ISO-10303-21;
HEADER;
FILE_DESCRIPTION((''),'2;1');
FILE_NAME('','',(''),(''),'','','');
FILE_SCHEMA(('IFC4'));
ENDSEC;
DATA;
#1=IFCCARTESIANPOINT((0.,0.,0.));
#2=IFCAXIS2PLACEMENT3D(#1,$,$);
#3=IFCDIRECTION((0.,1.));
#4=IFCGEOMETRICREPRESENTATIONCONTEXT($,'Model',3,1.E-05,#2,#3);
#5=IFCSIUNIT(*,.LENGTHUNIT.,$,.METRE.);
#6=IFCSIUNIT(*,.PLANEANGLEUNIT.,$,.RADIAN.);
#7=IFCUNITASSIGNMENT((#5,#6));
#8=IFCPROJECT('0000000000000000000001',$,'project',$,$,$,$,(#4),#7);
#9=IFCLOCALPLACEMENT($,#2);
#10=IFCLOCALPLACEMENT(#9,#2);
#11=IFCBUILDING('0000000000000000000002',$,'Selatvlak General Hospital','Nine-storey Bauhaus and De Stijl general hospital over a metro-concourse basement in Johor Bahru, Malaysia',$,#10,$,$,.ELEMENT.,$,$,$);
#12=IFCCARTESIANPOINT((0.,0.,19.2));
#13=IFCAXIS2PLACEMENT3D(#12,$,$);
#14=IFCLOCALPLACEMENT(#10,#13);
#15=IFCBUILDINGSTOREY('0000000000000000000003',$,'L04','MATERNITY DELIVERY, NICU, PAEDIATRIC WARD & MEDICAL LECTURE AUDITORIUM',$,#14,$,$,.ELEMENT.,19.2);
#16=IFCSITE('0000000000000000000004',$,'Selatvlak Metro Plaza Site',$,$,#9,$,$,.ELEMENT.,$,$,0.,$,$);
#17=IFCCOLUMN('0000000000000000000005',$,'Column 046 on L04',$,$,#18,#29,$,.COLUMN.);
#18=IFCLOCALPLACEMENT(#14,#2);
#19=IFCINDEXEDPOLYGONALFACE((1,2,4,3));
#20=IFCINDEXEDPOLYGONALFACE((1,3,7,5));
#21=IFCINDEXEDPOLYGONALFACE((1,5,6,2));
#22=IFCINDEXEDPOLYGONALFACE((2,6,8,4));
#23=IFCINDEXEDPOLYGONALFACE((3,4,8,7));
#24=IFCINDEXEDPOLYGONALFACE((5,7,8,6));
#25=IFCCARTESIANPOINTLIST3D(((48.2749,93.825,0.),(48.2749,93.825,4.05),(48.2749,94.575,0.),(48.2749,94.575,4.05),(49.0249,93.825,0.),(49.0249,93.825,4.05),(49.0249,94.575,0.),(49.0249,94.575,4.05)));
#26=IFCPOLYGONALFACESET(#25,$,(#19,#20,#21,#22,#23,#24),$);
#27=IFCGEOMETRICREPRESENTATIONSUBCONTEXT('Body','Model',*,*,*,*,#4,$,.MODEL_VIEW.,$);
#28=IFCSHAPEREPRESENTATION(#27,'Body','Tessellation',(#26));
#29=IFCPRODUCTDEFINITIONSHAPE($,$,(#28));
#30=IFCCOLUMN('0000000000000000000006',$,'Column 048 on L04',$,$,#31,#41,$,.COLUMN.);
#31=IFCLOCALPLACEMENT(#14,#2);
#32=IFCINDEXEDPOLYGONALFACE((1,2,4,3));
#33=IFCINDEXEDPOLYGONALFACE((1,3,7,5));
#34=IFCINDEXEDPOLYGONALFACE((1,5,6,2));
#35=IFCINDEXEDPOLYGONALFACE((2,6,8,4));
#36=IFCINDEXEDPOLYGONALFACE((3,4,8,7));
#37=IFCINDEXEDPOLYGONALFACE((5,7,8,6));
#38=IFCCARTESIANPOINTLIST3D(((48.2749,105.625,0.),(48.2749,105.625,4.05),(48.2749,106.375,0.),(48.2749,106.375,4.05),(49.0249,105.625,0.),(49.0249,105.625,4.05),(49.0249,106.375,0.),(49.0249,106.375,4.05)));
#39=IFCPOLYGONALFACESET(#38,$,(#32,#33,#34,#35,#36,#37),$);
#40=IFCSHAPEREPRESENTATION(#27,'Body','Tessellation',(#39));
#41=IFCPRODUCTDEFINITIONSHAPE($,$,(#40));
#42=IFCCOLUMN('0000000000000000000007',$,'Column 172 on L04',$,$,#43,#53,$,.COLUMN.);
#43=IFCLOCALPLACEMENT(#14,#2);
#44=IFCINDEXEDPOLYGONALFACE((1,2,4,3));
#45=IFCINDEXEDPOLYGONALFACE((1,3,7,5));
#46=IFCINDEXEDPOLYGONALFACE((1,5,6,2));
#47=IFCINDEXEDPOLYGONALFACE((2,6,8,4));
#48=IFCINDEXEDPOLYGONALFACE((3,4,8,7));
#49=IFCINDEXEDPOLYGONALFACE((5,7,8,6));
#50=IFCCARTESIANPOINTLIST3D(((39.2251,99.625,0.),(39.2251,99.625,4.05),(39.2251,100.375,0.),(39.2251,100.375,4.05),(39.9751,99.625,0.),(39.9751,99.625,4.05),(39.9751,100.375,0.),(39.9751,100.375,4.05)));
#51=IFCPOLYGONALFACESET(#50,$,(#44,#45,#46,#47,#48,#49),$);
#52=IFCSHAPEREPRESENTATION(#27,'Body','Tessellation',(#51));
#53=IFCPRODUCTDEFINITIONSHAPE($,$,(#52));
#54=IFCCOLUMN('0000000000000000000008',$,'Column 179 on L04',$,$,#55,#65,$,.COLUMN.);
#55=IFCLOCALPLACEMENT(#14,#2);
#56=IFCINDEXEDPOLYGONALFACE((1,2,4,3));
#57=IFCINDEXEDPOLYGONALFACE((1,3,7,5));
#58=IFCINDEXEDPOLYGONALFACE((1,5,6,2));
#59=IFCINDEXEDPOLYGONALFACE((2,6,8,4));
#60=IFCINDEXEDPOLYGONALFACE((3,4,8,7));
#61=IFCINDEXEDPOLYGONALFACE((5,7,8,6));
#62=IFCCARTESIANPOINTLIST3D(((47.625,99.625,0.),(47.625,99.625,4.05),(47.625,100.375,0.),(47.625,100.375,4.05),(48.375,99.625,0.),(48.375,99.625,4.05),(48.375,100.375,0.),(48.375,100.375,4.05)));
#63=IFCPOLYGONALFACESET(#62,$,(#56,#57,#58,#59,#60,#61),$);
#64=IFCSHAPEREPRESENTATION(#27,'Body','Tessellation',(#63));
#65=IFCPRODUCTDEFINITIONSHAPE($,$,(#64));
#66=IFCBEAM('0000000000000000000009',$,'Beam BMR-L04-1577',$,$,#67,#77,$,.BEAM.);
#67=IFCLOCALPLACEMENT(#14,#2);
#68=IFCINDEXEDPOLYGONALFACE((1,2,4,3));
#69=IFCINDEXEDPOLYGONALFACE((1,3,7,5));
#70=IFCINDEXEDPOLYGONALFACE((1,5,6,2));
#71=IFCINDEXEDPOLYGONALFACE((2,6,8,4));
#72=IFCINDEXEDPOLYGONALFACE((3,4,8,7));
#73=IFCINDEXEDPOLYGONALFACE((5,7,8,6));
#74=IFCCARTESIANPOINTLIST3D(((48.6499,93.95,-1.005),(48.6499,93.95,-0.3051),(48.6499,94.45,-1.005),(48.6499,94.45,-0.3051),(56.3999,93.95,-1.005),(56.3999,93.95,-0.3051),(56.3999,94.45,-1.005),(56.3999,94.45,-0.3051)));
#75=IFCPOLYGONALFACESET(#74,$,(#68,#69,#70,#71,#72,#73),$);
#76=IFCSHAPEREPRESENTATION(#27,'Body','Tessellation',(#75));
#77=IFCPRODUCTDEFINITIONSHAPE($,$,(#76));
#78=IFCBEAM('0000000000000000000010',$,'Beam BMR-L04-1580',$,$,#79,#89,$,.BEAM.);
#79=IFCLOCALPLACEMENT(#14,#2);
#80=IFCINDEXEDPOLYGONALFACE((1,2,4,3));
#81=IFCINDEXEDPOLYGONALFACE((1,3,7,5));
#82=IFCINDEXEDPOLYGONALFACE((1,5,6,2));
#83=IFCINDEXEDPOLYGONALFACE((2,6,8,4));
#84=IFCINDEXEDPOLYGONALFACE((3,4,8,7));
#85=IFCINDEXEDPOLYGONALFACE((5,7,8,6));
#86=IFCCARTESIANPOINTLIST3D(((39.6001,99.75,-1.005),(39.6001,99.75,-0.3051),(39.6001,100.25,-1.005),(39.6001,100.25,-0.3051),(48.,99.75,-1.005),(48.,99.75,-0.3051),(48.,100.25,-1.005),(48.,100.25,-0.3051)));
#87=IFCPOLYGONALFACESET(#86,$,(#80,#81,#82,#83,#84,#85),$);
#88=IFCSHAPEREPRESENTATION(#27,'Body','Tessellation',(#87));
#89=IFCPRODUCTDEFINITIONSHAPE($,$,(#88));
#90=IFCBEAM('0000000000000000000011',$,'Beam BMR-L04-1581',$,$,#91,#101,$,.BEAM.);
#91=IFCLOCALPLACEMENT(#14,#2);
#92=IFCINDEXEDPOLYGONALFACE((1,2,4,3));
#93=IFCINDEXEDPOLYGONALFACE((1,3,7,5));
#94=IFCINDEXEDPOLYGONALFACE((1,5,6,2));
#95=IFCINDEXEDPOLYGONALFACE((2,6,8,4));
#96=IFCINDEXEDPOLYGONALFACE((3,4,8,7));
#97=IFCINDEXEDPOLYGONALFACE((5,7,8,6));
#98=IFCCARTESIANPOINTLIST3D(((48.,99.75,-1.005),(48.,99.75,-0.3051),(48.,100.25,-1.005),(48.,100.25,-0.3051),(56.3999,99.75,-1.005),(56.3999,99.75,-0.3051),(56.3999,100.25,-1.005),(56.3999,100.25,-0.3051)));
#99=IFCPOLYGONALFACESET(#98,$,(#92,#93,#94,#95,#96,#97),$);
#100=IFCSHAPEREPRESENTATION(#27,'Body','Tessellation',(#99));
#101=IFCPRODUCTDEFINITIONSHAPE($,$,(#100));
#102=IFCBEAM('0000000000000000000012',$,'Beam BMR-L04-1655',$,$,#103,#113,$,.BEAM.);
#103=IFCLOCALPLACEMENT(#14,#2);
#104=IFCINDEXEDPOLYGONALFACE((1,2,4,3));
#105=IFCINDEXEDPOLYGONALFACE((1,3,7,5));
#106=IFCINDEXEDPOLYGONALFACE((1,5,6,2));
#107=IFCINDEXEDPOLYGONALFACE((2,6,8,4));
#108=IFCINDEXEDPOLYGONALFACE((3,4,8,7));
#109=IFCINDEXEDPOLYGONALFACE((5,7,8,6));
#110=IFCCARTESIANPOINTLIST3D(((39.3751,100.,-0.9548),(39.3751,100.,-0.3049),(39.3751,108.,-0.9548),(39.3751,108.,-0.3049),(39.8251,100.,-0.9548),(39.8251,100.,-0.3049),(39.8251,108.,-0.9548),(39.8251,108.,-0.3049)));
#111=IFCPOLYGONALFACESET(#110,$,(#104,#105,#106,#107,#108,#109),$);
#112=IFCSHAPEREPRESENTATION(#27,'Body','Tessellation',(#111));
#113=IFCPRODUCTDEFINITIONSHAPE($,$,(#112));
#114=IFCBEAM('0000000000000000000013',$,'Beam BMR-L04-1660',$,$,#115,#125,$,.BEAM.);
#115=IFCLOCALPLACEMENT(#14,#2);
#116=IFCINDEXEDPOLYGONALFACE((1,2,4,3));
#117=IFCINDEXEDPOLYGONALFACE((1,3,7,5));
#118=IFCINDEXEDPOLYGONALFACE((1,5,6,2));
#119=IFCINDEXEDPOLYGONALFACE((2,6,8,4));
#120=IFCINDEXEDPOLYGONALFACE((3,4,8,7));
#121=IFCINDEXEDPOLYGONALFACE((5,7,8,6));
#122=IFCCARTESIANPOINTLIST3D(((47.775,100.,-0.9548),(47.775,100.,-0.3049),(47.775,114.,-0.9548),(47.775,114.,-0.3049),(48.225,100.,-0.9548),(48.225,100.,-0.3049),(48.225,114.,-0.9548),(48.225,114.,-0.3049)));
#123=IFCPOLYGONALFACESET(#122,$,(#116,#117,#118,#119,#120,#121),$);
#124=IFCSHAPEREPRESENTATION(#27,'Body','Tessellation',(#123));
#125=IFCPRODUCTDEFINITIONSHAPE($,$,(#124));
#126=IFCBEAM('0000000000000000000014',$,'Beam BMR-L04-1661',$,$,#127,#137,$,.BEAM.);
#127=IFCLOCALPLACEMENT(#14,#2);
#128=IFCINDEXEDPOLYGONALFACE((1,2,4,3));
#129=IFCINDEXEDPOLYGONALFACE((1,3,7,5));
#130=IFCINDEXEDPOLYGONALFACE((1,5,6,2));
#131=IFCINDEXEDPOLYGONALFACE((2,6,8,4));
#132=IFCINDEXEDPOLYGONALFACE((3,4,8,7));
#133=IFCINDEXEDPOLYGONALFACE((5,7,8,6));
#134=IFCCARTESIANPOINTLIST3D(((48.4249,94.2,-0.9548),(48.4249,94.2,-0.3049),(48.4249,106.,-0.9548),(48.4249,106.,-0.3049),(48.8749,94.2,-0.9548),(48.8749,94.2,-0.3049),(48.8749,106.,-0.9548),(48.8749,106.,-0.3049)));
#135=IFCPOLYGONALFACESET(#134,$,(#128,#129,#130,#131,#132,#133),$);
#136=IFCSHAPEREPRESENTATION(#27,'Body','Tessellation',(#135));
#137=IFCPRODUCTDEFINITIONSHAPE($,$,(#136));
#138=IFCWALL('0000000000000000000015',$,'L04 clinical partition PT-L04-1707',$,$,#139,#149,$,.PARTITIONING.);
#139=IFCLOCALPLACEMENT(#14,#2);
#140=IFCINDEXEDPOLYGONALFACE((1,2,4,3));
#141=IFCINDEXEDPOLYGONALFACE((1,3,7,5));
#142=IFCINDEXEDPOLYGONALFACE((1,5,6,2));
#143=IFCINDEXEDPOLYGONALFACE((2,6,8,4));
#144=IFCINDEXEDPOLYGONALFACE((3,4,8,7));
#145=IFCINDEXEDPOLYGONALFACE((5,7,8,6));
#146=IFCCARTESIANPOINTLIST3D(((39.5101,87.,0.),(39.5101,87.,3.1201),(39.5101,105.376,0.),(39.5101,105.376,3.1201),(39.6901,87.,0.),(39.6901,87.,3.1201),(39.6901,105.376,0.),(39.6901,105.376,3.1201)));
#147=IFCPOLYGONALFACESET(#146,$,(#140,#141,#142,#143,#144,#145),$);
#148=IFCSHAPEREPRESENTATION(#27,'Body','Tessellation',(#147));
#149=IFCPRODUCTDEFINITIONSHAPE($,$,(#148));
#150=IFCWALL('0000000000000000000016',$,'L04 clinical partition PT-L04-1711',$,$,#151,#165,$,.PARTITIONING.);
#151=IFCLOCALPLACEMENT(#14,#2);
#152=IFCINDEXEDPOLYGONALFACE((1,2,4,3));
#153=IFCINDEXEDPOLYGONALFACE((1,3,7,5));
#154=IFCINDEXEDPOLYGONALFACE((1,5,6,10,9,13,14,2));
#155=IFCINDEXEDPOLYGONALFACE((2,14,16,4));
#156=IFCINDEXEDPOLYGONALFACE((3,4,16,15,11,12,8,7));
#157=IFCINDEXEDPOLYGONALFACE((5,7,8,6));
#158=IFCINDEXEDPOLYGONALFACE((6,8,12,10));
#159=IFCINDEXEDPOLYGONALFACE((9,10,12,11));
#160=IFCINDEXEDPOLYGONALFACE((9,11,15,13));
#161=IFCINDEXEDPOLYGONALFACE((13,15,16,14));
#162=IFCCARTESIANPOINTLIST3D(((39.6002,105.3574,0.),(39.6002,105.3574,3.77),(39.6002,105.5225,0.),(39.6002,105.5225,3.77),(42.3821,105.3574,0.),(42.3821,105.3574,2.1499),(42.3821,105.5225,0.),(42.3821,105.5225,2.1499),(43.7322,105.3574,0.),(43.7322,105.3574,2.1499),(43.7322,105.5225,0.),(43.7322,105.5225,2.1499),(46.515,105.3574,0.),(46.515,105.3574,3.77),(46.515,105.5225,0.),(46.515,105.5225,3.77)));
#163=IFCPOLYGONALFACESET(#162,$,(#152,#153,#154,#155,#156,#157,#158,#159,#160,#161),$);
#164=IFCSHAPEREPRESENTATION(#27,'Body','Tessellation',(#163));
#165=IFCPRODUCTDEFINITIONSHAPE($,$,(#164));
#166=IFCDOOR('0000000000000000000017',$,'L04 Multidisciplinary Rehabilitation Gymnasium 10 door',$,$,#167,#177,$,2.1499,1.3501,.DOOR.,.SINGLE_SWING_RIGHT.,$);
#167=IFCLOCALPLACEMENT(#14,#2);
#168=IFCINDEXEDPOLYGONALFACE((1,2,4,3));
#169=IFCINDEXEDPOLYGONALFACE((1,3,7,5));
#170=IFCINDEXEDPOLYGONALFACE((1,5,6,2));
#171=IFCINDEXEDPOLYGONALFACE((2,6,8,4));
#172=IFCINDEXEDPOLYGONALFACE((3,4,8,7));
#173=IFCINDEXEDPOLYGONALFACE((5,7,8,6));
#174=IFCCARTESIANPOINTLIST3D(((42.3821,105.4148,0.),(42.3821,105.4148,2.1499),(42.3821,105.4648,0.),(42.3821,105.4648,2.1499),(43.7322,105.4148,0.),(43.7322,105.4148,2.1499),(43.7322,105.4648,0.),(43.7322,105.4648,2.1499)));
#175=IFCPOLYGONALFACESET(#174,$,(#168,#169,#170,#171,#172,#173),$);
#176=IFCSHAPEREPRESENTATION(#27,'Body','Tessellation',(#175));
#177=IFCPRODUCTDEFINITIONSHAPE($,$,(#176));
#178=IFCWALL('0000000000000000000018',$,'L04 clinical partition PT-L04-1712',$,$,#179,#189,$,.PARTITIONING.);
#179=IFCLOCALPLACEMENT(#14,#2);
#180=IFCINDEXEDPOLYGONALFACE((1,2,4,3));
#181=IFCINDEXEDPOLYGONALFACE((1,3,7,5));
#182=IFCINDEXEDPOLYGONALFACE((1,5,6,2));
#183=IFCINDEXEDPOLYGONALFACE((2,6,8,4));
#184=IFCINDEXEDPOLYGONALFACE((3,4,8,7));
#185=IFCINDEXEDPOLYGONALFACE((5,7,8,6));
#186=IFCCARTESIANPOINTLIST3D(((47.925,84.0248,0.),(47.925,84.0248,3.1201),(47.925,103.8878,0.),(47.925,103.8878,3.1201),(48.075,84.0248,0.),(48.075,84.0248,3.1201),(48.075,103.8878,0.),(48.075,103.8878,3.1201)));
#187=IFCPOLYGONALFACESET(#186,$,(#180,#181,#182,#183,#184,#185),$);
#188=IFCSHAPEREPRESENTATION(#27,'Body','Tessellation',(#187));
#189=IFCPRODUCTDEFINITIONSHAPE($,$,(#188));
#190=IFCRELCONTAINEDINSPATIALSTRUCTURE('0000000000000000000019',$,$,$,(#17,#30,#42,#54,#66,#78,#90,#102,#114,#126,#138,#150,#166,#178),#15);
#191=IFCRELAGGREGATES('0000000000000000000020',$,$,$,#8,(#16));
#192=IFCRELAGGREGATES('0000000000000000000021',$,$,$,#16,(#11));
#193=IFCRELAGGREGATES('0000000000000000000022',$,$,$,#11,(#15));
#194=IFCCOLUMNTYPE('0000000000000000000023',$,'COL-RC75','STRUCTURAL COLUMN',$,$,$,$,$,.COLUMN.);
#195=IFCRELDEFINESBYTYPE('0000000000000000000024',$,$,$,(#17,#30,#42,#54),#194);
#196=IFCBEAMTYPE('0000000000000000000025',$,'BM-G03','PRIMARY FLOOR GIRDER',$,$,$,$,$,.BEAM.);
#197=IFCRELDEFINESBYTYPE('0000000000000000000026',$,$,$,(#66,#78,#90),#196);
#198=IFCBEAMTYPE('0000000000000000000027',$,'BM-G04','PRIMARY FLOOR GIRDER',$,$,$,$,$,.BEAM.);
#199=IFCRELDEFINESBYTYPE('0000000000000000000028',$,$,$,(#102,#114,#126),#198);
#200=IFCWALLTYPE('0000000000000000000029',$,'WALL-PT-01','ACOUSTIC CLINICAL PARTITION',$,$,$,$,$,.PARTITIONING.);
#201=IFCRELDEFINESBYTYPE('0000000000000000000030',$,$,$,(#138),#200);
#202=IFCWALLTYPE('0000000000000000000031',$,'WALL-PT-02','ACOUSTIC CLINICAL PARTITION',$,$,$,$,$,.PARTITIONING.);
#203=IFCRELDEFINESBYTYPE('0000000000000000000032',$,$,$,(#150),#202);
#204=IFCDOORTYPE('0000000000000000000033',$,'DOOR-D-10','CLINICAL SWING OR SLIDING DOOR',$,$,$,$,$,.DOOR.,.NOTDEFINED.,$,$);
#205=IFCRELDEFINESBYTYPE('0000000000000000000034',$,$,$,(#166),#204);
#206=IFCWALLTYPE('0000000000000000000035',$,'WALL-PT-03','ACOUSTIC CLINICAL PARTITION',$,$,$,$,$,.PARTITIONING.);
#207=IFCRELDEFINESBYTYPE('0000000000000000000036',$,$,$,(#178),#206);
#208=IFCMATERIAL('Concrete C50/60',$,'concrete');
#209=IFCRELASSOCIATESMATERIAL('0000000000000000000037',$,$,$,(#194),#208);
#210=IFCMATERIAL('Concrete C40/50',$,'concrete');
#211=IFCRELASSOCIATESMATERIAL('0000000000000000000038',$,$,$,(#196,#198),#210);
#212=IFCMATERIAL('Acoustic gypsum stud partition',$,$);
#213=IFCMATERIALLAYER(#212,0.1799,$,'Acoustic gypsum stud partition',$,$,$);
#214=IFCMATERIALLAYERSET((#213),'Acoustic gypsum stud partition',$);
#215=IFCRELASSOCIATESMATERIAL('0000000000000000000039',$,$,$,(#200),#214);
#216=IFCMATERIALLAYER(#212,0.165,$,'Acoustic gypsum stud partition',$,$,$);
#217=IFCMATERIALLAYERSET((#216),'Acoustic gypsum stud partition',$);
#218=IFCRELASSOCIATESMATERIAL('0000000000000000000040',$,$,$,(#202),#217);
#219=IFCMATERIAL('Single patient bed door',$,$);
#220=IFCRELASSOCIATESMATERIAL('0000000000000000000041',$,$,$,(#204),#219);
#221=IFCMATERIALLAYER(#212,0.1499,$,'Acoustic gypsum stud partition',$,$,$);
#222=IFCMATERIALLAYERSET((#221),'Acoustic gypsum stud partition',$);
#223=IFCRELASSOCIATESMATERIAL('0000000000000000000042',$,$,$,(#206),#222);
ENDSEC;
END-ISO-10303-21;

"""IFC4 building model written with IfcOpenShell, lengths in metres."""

from ifc_helpers import new_model, si_unit, direction, frame, frame_2d, origin, origin_2d, place, context, subcontext, project, spatial, rectangle, extrude, material, layer, layer_set, material_profile, profile_set, type_object, element, fill, save


model = new_model("IFC4")

# Units and contexts
model_context = context("Model", 3, precision=1e-05, world=origin(), true_north=direction((0.0, 1.0)))
body_context = subcontext(model_context, "Body", "Model", "MODEL_VIEW")
ifc_project = project(units=[si_unit("LENGTHUNIT", "METRE"), si_unit("PLANEANGLEUNIT", "RADIAN")], contexts=[model_context])

# Site, building, storey
site_placement = place(None, origin())
site = spatial("IfcSite", under=ifc_project, at=site_placement, Name="Selatvlak Metro Plaza Site", CompositionType="ELEMENT", RefElevation=0.0)
building_placement = place(site_placement, origin())
building = spatial("IfcBuilding", under=site, at=building_placement, Name="Selatvlak General Hospital", Description="Nine-storey Bauhaus and De Stijl general hospital over a metro-concourse basement in Johor Bahru, Malaysia", CompositionType="ELEMENT")
storey_placement = place(building_placement, frame((0.0, 0.0, 19.2)))
storey = spatial("IfcBuildingStorey", under=building, at=storey_placement, Name="L04", Description="MATERNITY DELIVERY, NICU, PAEDIATRIC WARD & MEDICAL LECTURE AUDITORIUM", CompositionType="ELEMENT", Elevation=19.2)

# Columns
ifc_material_1 = material(Name="Concrete C50/60", Category="concrete")
ifc_material_profile_1 = material_profile(ifc_material_1, rectangle(XDim=0.75, YDim=0.75, at=origin_2d()), Name="RC-COL 750x750")
ifc_profile_set_1 = profile_set([ifc_material_profile_1], Name="Concrete C50/60")
column_type = type_object("IfcColumnType", Name="COL-RC75", Description="STRUCTURAL COLUMN", PredefinedType="COLUMN", material=ifc_profile_set_1)
for number, where, z_axis, x_axis, name in (
    (1, (48.6499, 94.2, 0.0), (0.0, 0.0, 1.0), (1.0, 0.0, 0.0), "Column 046 on L04"),
    (2, (48.6499, 106.0, 0.0), (0.0, 0.0, 1.0), (1.0, 0.0, 0.0), "Column 048 on L04"),
    (3, (39.6001, 100.0, 0.0), (0.0, 0.0, 1.0), (1.0, 0.0, 0.0), "Column 172 on L04"),
    (4, (48.0, 100.0, 0.0), (0.0, 0.0, 1.0), (1.0, 0.0, 0.0), "Column 179 on L04"),
):
    element("IfcColumn", number, at=place(storey_placement, frame(where, z_axis=z_axis, x_axis=x_axis)), inside=storey, type_object=column_type, Name=name, PredefinedType="COLUMN", context=body_context, shape_type="SweptSolid", body=[
        extrude(rectangle(XDim=0.75, YDim=0.75, at=origin_2d()), origin(), (0.0, 0.0, 1.0), 4.05),
    ])

# Beams
ifc_material_2 = material(Name="Concrete C40/50", Category="concrete")
ifc_material_profile_2 = material_profile(ifc_material_2, rectangle(XDim=0.5, YDim=0.7, at=origin_2d()), Name="RC-BM 500x700")
ifc_profile_set_2 = profile_set([ifc_material_profile_2], Name="Concrete C40/50")
beam_type_1 = type_object("IfcBeamType", Name="BM-G03", Description="PRIMARY FLOOR GIRDER", PredefinedType="BEAM", material=ifc_profile_set_2)
beam_1_placement = place(storey_placement, frame((48.6499, 94.2, -0.655), z_axis=(1.0, 0.0, 0.0), x_axis=(0.0, 1.0, 0.0)))
element("IfcBeam", 5, at=beam_1_placement, inside=storey, type_object=beam_type_1, Name="Beam BMR-L04-1577", PredefinedType="BEAM", context=body_context, shape_type="SweptSolid", body=[
    extrude(rectangle(XDim=0.5, YDim=0.7, at=origin_2d()), origin(), (0.0, 0.0, 1.0), 7.75),
])
for number, where, z_axis, x_axis, name in (
    (6, (39.6001, 100.0, -0.655), (1.0, 0.0, 0.0), (0.0, 1.0, 0.0), "Beam BMR-L04-1580"),
    (7, (48.0, 100.0, -0.655), (1.0, 0.0, 0.0), (0.0, 1.0, 0.0), "Beam BMR-L04-1581"),
):
    element("IfcBeam", number, at=place(storey_placement, frame(where, z_axis=z_axis, x_axis=x_axis)), inside=storey, type_object=beam_type_1, Name=name, PredefinedType="BEAM", context=body_context, shape_type="SweptSolid", body=[
        extrude(rectangle(XDim=0.5, YDim=0.7, at=origin_2d()), origin(), (0.0, 0.0, 1.0), 8.3999),
    ])
ifc_material_profile_3 = material_profile(ifc_material_2, rectangle(XDim=0.45, YDim=0.6499, at=origin_2d()), Name="RC-BM 450x650")
ifc_profile_set_3 = profile_set([ifc_material_profile_3], Name="Concrete C40/50")
beam_type_2 = type_object("IfcBeamType", Name="BM-G04", Description="PRIMARY FLOOR GIRDER", PredefinedType="BEAM", material=ifc_profile_set_3)
beam_2_placement = place(storey_placement, frame((39.6001, 100.0, -0.6299), z_axis=(0.0, 1.0, 0.0), x_axis=(-1.0, 0.0, 0.0)))
element("IfcBeam", 8, at=beam_2_placement, inside=storey, type_object=beam_type_2, Name="Beam BMR-L04-1655", PredefinedType="BEAM", context=body_context, shape_type="SweptSolid", body=[
    extrude(rectangle(XDim=0.45, YDim=0.6499, at=origin_2d()), origin(), (0.0, 0.0, 1.0), 8.0),
])
beam_3_placement = place(storey_placement, frame((48.0, 100.0, -0.6299), z_axis=(0.0, 1.0, 0.0), x_axis=(-1.0, 0.0, 0.0)))
element("IfcBeam", 9, at=beam_3_placement, inside=storey, type_object=beam_type_2, Name="Beam BMR-L04-1660", PredefinedType="BEAM", context=body_context, shape_type="SweptSolid", body=[
    extrude(rectangle(XDim=0.45, YDim=0.6499, at=origin_2d()), origin(), (0.0, 0.0, 1.0), 14.0),
])
beam_4_placement = place(storey_placement, frame((48.6499, 94.2, -0.6299), z_axis=(0.0, 1.0, 0.0), x_axis=(-1.0, 0.0, 0.0)))
element("IfcBeam", 10, at=beam_4_placement, inside=storey, type_object=beam_type_2, Name="Beam BMR-L04-1661", PredefinedType="BEAM", context=body_context, shape_type="SweptSolid", body=[
    extrude(rectangle(XDim=0.45, YDim=0.6499, at=origin_2d()), origin(), (0.0, 0.0, 1.0), 11.8),
])

# Wall
ifc_material_3 = material(Name="Acoustic gypsum stud partition")
ifc_layer_1 = layer(ifc_material_3, 0.1799, Name="Acoustic gypsum stud partition")
ifc_layer_set_1 = layer_set([ifc_layer_1], Name="Acoustic gypsum stud partition")
wall_type_1 = type_object("IfcWallType", Name="WALL-PT-01", Description="ACOUSTIC CLINICAL PARTITION", PredefinedType="PARTITIONING", material=ifc_layer_set_1)
wall_1_placement = place(storey_placement, frame((39.6001, 105.376, 0.0), z_axis=(0.0, 0.0, 1.0), x_axis=(0.0, -1.0, 0.0)))
element("IfcWall", 11, at=wall_1_placement, inside=storey, type_object=wall_type_1, Name="L04 clinical partition PT-L04-1707", PredefinedType="PARTITIONING", context=body_context, shape_type="SweptSolid", body=[
    extrude(rectangle(XDim=18.376, YDim=0.1799, at=frame_2d((9.188, 0.0))), origin(), (0.0, 0.0, 1.0), 3.1201),
])

# Wall, opening, door
ifc_layer_2 = layer(ifc_material_3, 0.165, Name="Acoustic gypsum stud partition")
ifc_layer_set_2 = layer_set([ifc_layer_2], Name="Acoustic gypsum stud partition")
wall_type_2 = type_object("IfcWallType", Name="WALL-PT-02", Description="ACOUSTIC CLINICAL PARTITION", PredefinedType="PARTITIONING", material=ifc_layer_set_2)
wall_2_placement = place(storey_placement, frame((39.6001, 105.4399, 0.0), z_axis=(0.0, 0.0, 1.0), x_axis=(1.0, 0.0, 0.0)))
wall_2 = element("IfcWall", 12, at=wall_2_placement, inside=storey, type_object=wall_type_2, Name="L04 clinical partition PT-L04-1711", PredefinedType="PARTITIONING", context=body_context, shape_type="SweptSolid", body=[
    extrude(rectangle(XDim=6.9148, YDim=0.165, at=frame_2d((3.4575, 0.0))), origin(), (0.0, 0.0, 1.0), 3.77),
])
opening_1_placement = place(wall_2_placement, frame((2.782, 0.0, 0.0)))
opening_1 = element("IfcOpeningElement", 13, at=opening_1_placement, cuts=wall_2, PredefinedType="OPENING", context=body_context, shape_type="SweptSolid", body=[
    extrude(rectangle(XDim=1.3501, YDim=2.1499, at=frame_2d((0.675, 1.075))), frame((0.0, 0.0925, 0.0), z_axis=(0.0, -1.0, 0.0), x_axis=(1.0, 0.0, 0.0)), (0.0, 0.0, 1.0), 0.1851),
])
ifc_material_4 = material(Name="Single patient bed door")
door_type_1 = type_object("IfcDoorType", Name="DOOR-D-10", Description="CLINICAL SWING OR SLIDING DOOR", OperationType="NOTDEFINED", PredefinedType="DOOR", material=ifc_material_4)
door_1_placement = place(opening_1_placement, origin())
door_1 = element("IfcDoor", 14, at=door_1_placement, inside=storey, type_object=door_type_1, Name="L04 Multidisciplinary Rehabilitation Gymnasium 10 door", OperationType="SINGLE_SWING_RIGHT", OverallHeight=2.1499, OverallWidth=1.3501, PredefinedType="DOOR", context=body_context, shape_type="SweptSolid", body=[
    extrude(rectangle(XDim=1.3501, YDim=2.1499, at=frame_2d((0.675, 1.075))), frame((0.0, 0.0249, 0.0), z_axis=(0.0, -1.0, 0.0), x_axis=(1.0, 0.0, 0.0)), (0.0, 0.0, 1.0), 0.05),
])
fill(opening_1, door_1)

# Wall
ifc_layer_3 = layer(ifc_material_3, 0.1499, Name="Acoustic gypsum stud partition")
ifc_layer_set_3 = layer_set([ifc_layer_3], Name="Acoustic gypsum stud partition")
wall_type_3 = type_object("IfcWallType", Name="WALL-PT-03", Description="ACOUSTIC CLINICAL PARTITION", PredefinedType="PARTITIONING", material=ifc_layer_set_3)
wall_3_placement = place(storey_placement, frame((48.0, 103.8879, 0.0), z_axis=(0.0, 0.0, 1.0), x_axis=(0.0, -1.0, 0.0)))
element("IfcWall", 15, at=wall_3_placement, inside=storey, type_object=wall_type_3, Name="L04 clinical partition PT-L04-1712", PredefinedType="PARTITIONING", context=body_context, shape_type="SweptSolid", body=[
    extrude(rectangle(XDim=19.863, YDim=0.1499, at=frame_2d((9.9316, 0.0))), origin(), (0.0, 0.0, 1.0), 3.1201),
])

save(model, "model.ifc")
